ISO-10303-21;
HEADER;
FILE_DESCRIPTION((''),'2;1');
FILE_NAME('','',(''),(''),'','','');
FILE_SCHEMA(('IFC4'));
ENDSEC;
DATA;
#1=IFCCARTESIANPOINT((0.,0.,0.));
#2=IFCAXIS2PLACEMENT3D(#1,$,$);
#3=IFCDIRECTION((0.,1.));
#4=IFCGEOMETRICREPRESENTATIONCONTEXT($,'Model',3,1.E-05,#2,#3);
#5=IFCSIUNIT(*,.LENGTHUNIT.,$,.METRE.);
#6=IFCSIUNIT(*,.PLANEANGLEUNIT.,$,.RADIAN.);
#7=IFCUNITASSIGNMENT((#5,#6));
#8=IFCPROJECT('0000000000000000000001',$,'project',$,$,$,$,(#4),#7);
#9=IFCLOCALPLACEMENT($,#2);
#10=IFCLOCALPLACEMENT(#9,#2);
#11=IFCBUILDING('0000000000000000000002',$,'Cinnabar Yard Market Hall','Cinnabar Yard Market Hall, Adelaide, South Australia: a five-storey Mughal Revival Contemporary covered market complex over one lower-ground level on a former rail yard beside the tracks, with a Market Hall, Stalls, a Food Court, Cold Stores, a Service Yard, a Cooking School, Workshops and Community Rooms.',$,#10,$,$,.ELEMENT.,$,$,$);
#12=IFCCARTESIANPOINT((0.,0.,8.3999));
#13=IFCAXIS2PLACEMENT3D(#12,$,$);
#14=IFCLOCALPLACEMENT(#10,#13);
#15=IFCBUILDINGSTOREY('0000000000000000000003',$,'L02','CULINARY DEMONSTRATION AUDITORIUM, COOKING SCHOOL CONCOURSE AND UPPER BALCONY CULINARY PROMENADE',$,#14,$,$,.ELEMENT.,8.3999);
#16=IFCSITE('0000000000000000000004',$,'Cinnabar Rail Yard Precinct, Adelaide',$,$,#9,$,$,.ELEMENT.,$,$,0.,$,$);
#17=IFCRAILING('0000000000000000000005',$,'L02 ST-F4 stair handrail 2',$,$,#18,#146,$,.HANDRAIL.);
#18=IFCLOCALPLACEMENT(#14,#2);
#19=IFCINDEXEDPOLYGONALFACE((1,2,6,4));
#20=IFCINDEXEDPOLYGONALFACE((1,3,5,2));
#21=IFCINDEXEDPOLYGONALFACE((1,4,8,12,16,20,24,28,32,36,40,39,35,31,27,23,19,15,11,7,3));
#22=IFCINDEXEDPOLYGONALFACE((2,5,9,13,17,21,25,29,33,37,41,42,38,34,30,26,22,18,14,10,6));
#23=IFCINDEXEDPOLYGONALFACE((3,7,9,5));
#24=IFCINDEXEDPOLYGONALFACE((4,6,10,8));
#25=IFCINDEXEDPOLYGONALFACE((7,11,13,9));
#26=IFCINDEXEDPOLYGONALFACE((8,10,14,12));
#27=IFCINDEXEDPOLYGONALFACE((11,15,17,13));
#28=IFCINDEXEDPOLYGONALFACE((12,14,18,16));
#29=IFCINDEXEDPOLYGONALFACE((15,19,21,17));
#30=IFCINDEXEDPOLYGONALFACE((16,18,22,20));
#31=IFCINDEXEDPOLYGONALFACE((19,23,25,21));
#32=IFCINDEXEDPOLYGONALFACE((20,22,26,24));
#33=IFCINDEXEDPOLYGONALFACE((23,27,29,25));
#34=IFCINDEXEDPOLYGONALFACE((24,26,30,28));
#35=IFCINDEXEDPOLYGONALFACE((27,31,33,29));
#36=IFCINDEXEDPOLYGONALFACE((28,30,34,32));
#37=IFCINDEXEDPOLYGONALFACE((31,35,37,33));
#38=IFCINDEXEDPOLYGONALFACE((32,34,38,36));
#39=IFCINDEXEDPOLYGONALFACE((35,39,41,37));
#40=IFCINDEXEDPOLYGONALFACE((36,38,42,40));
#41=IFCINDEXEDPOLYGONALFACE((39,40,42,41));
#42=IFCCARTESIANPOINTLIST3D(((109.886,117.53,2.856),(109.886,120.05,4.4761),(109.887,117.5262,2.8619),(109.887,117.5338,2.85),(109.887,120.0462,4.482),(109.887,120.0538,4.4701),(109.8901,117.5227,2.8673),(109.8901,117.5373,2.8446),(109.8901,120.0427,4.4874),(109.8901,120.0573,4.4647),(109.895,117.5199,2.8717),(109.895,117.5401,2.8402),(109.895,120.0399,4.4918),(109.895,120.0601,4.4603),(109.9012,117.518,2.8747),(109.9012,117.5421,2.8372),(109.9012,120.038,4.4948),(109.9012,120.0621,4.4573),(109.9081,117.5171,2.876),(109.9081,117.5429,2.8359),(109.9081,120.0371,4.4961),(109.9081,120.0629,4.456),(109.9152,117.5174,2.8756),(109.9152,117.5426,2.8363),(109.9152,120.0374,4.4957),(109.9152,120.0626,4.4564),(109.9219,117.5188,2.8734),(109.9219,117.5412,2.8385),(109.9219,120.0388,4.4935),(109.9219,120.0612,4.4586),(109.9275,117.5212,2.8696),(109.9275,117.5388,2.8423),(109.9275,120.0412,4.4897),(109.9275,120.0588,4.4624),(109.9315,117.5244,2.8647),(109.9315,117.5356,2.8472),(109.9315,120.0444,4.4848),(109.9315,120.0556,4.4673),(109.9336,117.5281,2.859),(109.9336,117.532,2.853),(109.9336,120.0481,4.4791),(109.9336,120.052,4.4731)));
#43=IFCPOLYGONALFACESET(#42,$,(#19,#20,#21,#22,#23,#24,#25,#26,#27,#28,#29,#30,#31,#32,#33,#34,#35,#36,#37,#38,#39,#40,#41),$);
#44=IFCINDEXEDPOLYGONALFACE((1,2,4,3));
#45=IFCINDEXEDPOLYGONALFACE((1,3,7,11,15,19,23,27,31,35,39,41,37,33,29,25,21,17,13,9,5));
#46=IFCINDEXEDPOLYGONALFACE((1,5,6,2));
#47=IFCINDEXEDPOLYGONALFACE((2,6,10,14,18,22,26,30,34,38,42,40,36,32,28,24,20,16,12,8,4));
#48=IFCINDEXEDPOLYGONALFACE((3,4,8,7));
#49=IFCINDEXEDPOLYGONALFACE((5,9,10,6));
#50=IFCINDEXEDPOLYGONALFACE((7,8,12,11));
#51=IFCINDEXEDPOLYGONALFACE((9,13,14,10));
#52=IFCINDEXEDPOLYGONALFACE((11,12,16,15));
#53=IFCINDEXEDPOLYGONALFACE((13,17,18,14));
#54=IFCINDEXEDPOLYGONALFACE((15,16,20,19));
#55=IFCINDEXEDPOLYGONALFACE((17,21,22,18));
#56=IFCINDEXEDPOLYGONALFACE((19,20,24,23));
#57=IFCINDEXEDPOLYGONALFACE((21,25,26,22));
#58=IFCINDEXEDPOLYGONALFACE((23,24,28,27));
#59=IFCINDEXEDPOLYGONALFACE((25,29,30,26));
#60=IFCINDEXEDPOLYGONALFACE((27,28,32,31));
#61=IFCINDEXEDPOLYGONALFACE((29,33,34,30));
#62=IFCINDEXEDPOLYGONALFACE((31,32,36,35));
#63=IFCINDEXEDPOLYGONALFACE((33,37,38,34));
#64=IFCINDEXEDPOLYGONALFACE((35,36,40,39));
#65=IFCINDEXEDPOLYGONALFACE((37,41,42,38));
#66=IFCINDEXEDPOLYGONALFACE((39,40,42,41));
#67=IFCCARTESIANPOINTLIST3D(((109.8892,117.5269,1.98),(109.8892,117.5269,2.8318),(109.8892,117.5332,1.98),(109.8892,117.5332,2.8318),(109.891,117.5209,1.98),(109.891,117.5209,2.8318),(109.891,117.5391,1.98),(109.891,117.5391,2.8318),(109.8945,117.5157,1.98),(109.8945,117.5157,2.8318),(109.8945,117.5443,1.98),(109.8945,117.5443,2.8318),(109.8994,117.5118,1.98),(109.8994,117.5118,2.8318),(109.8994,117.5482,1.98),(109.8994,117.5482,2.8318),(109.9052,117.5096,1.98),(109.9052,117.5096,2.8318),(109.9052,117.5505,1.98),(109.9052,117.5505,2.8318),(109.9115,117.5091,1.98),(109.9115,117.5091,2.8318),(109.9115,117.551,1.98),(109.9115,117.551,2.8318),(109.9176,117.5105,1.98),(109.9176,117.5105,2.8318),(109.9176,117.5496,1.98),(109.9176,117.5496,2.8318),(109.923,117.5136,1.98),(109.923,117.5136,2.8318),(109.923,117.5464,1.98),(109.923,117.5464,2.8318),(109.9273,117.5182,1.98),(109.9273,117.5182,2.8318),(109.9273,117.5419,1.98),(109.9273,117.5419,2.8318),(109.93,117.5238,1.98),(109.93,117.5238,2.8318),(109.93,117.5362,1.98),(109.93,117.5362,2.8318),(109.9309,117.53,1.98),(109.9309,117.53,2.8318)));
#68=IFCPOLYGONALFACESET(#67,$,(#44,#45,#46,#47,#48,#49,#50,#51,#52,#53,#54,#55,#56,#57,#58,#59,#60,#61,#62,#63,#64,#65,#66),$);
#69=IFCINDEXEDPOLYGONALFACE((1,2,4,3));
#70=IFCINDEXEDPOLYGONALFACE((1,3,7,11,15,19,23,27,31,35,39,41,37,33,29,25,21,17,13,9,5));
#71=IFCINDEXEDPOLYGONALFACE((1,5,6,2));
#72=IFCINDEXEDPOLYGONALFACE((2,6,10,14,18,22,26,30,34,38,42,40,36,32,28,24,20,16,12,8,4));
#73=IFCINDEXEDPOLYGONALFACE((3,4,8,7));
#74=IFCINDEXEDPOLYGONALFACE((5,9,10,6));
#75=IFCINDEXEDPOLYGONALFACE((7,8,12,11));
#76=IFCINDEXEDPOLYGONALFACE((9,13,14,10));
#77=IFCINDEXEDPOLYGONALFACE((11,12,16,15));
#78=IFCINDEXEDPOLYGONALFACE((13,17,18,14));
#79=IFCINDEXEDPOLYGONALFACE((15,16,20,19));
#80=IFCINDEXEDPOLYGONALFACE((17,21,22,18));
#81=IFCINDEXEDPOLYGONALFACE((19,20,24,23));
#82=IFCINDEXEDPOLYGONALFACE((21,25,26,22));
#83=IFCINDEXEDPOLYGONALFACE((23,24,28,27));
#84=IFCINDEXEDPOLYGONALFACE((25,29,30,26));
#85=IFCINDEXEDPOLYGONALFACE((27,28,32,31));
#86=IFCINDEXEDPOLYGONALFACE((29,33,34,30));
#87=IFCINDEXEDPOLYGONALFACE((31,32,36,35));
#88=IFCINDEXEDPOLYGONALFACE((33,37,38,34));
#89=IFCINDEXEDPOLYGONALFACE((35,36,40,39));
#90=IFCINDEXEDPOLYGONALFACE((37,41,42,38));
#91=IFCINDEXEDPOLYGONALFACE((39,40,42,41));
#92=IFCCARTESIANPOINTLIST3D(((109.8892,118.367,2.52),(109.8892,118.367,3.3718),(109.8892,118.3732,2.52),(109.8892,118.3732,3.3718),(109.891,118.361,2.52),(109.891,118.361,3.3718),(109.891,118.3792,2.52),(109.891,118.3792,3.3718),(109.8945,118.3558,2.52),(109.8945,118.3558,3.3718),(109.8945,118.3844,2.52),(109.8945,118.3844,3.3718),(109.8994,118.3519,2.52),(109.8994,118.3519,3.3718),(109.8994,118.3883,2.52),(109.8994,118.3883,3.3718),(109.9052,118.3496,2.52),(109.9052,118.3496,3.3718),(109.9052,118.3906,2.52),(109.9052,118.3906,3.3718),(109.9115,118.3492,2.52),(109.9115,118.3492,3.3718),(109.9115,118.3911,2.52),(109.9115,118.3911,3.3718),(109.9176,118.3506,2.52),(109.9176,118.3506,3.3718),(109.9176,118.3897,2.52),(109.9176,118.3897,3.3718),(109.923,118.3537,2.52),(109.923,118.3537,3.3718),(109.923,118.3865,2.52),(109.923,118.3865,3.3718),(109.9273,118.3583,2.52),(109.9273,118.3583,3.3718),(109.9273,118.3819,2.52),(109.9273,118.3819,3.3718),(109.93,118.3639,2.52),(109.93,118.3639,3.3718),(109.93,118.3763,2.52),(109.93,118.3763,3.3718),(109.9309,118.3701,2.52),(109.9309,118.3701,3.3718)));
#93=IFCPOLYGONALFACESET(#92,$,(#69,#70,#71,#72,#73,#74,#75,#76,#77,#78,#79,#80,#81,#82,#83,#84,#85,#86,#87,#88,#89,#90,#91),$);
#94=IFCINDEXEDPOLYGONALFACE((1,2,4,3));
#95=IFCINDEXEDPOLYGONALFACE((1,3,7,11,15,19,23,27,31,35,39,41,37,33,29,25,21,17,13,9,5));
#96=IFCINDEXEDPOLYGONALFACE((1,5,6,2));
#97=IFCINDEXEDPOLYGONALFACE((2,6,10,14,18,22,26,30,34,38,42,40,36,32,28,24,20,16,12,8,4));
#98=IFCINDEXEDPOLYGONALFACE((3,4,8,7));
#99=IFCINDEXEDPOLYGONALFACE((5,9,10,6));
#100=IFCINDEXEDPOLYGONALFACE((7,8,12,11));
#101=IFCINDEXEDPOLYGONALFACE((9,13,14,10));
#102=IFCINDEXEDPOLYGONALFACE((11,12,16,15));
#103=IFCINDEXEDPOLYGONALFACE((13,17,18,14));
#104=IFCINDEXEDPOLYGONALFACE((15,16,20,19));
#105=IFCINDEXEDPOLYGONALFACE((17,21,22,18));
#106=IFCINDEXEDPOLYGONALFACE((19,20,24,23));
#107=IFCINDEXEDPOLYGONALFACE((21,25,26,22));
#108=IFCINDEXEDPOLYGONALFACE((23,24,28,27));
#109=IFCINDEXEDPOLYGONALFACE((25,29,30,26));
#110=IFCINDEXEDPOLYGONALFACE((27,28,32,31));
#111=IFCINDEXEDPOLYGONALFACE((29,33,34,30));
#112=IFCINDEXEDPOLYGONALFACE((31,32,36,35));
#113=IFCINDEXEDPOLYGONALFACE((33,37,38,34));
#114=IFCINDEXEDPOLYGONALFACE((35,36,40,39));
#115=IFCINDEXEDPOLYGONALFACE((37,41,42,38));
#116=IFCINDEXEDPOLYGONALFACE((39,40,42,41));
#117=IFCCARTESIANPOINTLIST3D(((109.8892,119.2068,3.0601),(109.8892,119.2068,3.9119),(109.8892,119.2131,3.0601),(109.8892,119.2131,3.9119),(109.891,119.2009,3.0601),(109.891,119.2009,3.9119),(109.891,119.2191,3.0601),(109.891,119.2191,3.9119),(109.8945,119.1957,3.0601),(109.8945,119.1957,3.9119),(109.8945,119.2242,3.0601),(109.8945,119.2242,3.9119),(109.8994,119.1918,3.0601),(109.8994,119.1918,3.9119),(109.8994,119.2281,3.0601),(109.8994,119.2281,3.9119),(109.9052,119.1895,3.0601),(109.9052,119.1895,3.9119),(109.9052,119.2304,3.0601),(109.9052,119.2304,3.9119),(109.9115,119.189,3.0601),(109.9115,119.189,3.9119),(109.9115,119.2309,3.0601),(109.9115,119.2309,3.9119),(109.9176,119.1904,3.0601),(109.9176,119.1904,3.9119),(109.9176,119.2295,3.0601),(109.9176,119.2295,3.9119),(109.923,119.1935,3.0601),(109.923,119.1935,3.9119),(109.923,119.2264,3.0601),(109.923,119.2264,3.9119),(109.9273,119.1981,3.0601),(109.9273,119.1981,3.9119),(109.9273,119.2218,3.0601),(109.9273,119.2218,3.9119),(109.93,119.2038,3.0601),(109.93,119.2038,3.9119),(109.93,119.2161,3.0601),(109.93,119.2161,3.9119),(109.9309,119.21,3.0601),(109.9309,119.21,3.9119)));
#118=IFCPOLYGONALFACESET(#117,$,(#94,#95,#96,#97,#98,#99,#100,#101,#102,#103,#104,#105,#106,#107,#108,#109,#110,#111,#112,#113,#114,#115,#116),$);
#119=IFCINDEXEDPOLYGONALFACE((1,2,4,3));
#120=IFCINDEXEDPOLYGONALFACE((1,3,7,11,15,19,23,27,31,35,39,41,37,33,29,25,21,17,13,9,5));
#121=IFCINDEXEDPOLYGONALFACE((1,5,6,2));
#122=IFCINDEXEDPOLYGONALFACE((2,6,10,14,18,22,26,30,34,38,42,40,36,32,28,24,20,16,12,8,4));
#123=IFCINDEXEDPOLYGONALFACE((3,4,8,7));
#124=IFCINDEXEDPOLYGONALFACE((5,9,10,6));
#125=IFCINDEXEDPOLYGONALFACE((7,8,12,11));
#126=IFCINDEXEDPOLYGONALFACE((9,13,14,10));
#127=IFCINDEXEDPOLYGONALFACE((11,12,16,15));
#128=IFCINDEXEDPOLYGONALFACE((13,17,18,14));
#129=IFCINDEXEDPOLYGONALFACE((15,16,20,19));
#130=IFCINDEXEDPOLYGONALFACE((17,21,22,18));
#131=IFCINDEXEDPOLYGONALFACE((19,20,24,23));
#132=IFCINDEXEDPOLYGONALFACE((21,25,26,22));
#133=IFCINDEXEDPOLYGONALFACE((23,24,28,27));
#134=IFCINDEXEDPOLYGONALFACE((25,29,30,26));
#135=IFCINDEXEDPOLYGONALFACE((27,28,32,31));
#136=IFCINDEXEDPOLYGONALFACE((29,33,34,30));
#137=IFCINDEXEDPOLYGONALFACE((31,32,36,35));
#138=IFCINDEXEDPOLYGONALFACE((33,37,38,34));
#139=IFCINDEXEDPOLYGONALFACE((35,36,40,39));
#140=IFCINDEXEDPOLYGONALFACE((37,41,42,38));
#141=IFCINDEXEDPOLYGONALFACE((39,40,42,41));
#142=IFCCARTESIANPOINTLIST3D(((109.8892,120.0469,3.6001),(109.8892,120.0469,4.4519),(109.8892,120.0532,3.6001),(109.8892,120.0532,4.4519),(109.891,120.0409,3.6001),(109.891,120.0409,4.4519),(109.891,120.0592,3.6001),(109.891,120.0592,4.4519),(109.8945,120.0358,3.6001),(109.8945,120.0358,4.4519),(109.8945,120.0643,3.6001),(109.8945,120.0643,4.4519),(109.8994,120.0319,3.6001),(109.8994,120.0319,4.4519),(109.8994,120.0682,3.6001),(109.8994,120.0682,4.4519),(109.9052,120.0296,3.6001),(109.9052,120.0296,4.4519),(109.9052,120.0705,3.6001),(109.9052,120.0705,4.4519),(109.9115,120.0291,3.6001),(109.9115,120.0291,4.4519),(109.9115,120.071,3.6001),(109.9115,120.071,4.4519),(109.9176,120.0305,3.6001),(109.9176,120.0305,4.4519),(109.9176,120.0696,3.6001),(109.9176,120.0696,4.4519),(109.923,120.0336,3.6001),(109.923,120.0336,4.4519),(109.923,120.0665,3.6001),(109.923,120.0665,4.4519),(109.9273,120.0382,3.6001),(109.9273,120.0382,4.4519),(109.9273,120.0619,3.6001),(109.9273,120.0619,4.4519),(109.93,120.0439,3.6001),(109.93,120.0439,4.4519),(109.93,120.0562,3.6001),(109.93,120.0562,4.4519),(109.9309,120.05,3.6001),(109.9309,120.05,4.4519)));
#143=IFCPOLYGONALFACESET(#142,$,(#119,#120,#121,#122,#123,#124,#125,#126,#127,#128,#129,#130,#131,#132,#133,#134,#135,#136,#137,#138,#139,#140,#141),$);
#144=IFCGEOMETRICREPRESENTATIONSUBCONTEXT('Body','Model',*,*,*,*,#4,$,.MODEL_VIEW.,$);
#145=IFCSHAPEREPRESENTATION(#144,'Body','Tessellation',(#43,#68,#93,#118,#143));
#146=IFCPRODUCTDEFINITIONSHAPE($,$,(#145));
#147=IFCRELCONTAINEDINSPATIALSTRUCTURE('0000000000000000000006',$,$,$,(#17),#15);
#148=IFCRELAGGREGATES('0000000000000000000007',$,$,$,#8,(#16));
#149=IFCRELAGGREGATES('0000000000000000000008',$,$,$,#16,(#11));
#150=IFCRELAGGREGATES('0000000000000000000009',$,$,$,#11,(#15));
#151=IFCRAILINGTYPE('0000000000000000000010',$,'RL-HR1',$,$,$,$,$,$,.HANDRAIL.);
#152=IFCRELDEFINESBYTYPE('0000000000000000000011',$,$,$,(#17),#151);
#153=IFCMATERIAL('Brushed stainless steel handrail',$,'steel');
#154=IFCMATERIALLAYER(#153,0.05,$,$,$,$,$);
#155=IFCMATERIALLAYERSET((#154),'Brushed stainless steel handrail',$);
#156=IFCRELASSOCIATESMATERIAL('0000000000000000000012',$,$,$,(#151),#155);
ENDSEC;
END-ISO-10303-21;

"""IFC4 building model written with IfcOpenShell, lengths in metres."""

from ifc_helpers import new_model, si_unit, direction, frame, origin, origin_2d_with_axis, place, context, subcontext, project, spatial, circle, extrude, material, layer, layer_set, type_object, element, save


model = new_model("IFC4")

# Units and contexts
model_context = context("Model", 3, precision=1e-05, world=origin(), true_north=direction((0.0, 1.0)))
body_context = subcontext(model_context, "Body", "Model", "MODEL_VIEW")
ifc_project = project(units=[si_unit("LENGTHUNIT", "METRE"), si_unit("PLANEANGLEUNIT", "RADIAN")], contexts=[model_context])

# Site, building, storey
site_placement = place(None, origin())
site = spatial("IfcSite", under=ifc_project, at=site_placement, Name="Cinnabar Rail Yard Precinct, Adelaide", CompositionType="ELEMENT", RefElevation=0.0)
building_placement = place(site_placement, origin())
building = spatial("IfcBuilding", under=site, at=building_placement, Name="Cinnabar Yard Market Hall", Description="Cinnabar Yard Market Hall, Adelaide, South Australia: a five-storey Mughal Revival Contemporary covered market complex over one lower-ground level on a former rail yard beside the tracks, with a Market Hall, Stalls, a Food Court, Cold Stores, a Service Yard, a Cooking School, Workshops and Community Rooms.", CompositionType="ELEMENT")
storey_placement = place(building_placement, frame((0.0, 0.0, 8.3999)))
storey = spatial("IfcBuildingStorey", under=building, at=storey_placement, Name="L02", Description="CULINARY DEMONSTRATION AUDITORIUM, COOKING SCHOOL CONCOURSE AND UPPER BALCONY CULINARY PROMENADE", CompositionType="ELEMENT", Elevation=8.3999)

# Railing
ifc_material_1 = material(Name="Brushed stainless steel handrail", Category="steel")
ifc_layer_1 = layer(ifc_material_1, 0.05)
ifc_layer_set_1 = layer_set([ifc_layer_1], Name="Brushed stainless steel handrail")
railing_type_1 = type_object("IfcRailingType", Name="RL-HR1", PredefinedType="HANDRAIL", material=ifc_layer_set_1)
railing_1_placement = place(storey_placement, frame((109.9099, 117.53, 1.98)))
element("IfcRailing", 1, at=railing_1_placement, inside=storey, type_object=railing_type_1, Name="L02 ST-F4 stair handrail 2", PredefinedType="HANDRAIL", context=body_context, shape_type="SweptSolid", body=[
    extrude(circle(Radius=0.0239, at=origin_2d_with_axis()), frame((0.0, 0.0, 0.876), z_axis=(0.0, 0.841163, 0.540782), x_axis=(-1.0, 0.0, 0.0)), (0.0, 0.0, 1.0), 2.9958),
    extrude(circle(Radius=0.021, at=origin_2d_with_axis()), origin(), (0.0, 0.0, 1.0), 0.8518),
    extrude(circle(Radius=0.021, at=origin_2d_with_axis()), frame((0.0, 0.8401, 0.54)), (0.0, 0.0, 1.0), 0.8518),
    extrude(circle(Radius=0.021, at=origin_2d_with_axis()), frame((0.0, 1.6799, 1.0801)), (0.0, 0.0, 1.0), 0.8518),
    extrude(circle(Radius=0.021, at=origin_2d_with_axis()), frame((0.0, 2.52, 1.6201)), (0.0, 0.0, 1.0), 0.8518),
])

save(model, "model.ifc")
